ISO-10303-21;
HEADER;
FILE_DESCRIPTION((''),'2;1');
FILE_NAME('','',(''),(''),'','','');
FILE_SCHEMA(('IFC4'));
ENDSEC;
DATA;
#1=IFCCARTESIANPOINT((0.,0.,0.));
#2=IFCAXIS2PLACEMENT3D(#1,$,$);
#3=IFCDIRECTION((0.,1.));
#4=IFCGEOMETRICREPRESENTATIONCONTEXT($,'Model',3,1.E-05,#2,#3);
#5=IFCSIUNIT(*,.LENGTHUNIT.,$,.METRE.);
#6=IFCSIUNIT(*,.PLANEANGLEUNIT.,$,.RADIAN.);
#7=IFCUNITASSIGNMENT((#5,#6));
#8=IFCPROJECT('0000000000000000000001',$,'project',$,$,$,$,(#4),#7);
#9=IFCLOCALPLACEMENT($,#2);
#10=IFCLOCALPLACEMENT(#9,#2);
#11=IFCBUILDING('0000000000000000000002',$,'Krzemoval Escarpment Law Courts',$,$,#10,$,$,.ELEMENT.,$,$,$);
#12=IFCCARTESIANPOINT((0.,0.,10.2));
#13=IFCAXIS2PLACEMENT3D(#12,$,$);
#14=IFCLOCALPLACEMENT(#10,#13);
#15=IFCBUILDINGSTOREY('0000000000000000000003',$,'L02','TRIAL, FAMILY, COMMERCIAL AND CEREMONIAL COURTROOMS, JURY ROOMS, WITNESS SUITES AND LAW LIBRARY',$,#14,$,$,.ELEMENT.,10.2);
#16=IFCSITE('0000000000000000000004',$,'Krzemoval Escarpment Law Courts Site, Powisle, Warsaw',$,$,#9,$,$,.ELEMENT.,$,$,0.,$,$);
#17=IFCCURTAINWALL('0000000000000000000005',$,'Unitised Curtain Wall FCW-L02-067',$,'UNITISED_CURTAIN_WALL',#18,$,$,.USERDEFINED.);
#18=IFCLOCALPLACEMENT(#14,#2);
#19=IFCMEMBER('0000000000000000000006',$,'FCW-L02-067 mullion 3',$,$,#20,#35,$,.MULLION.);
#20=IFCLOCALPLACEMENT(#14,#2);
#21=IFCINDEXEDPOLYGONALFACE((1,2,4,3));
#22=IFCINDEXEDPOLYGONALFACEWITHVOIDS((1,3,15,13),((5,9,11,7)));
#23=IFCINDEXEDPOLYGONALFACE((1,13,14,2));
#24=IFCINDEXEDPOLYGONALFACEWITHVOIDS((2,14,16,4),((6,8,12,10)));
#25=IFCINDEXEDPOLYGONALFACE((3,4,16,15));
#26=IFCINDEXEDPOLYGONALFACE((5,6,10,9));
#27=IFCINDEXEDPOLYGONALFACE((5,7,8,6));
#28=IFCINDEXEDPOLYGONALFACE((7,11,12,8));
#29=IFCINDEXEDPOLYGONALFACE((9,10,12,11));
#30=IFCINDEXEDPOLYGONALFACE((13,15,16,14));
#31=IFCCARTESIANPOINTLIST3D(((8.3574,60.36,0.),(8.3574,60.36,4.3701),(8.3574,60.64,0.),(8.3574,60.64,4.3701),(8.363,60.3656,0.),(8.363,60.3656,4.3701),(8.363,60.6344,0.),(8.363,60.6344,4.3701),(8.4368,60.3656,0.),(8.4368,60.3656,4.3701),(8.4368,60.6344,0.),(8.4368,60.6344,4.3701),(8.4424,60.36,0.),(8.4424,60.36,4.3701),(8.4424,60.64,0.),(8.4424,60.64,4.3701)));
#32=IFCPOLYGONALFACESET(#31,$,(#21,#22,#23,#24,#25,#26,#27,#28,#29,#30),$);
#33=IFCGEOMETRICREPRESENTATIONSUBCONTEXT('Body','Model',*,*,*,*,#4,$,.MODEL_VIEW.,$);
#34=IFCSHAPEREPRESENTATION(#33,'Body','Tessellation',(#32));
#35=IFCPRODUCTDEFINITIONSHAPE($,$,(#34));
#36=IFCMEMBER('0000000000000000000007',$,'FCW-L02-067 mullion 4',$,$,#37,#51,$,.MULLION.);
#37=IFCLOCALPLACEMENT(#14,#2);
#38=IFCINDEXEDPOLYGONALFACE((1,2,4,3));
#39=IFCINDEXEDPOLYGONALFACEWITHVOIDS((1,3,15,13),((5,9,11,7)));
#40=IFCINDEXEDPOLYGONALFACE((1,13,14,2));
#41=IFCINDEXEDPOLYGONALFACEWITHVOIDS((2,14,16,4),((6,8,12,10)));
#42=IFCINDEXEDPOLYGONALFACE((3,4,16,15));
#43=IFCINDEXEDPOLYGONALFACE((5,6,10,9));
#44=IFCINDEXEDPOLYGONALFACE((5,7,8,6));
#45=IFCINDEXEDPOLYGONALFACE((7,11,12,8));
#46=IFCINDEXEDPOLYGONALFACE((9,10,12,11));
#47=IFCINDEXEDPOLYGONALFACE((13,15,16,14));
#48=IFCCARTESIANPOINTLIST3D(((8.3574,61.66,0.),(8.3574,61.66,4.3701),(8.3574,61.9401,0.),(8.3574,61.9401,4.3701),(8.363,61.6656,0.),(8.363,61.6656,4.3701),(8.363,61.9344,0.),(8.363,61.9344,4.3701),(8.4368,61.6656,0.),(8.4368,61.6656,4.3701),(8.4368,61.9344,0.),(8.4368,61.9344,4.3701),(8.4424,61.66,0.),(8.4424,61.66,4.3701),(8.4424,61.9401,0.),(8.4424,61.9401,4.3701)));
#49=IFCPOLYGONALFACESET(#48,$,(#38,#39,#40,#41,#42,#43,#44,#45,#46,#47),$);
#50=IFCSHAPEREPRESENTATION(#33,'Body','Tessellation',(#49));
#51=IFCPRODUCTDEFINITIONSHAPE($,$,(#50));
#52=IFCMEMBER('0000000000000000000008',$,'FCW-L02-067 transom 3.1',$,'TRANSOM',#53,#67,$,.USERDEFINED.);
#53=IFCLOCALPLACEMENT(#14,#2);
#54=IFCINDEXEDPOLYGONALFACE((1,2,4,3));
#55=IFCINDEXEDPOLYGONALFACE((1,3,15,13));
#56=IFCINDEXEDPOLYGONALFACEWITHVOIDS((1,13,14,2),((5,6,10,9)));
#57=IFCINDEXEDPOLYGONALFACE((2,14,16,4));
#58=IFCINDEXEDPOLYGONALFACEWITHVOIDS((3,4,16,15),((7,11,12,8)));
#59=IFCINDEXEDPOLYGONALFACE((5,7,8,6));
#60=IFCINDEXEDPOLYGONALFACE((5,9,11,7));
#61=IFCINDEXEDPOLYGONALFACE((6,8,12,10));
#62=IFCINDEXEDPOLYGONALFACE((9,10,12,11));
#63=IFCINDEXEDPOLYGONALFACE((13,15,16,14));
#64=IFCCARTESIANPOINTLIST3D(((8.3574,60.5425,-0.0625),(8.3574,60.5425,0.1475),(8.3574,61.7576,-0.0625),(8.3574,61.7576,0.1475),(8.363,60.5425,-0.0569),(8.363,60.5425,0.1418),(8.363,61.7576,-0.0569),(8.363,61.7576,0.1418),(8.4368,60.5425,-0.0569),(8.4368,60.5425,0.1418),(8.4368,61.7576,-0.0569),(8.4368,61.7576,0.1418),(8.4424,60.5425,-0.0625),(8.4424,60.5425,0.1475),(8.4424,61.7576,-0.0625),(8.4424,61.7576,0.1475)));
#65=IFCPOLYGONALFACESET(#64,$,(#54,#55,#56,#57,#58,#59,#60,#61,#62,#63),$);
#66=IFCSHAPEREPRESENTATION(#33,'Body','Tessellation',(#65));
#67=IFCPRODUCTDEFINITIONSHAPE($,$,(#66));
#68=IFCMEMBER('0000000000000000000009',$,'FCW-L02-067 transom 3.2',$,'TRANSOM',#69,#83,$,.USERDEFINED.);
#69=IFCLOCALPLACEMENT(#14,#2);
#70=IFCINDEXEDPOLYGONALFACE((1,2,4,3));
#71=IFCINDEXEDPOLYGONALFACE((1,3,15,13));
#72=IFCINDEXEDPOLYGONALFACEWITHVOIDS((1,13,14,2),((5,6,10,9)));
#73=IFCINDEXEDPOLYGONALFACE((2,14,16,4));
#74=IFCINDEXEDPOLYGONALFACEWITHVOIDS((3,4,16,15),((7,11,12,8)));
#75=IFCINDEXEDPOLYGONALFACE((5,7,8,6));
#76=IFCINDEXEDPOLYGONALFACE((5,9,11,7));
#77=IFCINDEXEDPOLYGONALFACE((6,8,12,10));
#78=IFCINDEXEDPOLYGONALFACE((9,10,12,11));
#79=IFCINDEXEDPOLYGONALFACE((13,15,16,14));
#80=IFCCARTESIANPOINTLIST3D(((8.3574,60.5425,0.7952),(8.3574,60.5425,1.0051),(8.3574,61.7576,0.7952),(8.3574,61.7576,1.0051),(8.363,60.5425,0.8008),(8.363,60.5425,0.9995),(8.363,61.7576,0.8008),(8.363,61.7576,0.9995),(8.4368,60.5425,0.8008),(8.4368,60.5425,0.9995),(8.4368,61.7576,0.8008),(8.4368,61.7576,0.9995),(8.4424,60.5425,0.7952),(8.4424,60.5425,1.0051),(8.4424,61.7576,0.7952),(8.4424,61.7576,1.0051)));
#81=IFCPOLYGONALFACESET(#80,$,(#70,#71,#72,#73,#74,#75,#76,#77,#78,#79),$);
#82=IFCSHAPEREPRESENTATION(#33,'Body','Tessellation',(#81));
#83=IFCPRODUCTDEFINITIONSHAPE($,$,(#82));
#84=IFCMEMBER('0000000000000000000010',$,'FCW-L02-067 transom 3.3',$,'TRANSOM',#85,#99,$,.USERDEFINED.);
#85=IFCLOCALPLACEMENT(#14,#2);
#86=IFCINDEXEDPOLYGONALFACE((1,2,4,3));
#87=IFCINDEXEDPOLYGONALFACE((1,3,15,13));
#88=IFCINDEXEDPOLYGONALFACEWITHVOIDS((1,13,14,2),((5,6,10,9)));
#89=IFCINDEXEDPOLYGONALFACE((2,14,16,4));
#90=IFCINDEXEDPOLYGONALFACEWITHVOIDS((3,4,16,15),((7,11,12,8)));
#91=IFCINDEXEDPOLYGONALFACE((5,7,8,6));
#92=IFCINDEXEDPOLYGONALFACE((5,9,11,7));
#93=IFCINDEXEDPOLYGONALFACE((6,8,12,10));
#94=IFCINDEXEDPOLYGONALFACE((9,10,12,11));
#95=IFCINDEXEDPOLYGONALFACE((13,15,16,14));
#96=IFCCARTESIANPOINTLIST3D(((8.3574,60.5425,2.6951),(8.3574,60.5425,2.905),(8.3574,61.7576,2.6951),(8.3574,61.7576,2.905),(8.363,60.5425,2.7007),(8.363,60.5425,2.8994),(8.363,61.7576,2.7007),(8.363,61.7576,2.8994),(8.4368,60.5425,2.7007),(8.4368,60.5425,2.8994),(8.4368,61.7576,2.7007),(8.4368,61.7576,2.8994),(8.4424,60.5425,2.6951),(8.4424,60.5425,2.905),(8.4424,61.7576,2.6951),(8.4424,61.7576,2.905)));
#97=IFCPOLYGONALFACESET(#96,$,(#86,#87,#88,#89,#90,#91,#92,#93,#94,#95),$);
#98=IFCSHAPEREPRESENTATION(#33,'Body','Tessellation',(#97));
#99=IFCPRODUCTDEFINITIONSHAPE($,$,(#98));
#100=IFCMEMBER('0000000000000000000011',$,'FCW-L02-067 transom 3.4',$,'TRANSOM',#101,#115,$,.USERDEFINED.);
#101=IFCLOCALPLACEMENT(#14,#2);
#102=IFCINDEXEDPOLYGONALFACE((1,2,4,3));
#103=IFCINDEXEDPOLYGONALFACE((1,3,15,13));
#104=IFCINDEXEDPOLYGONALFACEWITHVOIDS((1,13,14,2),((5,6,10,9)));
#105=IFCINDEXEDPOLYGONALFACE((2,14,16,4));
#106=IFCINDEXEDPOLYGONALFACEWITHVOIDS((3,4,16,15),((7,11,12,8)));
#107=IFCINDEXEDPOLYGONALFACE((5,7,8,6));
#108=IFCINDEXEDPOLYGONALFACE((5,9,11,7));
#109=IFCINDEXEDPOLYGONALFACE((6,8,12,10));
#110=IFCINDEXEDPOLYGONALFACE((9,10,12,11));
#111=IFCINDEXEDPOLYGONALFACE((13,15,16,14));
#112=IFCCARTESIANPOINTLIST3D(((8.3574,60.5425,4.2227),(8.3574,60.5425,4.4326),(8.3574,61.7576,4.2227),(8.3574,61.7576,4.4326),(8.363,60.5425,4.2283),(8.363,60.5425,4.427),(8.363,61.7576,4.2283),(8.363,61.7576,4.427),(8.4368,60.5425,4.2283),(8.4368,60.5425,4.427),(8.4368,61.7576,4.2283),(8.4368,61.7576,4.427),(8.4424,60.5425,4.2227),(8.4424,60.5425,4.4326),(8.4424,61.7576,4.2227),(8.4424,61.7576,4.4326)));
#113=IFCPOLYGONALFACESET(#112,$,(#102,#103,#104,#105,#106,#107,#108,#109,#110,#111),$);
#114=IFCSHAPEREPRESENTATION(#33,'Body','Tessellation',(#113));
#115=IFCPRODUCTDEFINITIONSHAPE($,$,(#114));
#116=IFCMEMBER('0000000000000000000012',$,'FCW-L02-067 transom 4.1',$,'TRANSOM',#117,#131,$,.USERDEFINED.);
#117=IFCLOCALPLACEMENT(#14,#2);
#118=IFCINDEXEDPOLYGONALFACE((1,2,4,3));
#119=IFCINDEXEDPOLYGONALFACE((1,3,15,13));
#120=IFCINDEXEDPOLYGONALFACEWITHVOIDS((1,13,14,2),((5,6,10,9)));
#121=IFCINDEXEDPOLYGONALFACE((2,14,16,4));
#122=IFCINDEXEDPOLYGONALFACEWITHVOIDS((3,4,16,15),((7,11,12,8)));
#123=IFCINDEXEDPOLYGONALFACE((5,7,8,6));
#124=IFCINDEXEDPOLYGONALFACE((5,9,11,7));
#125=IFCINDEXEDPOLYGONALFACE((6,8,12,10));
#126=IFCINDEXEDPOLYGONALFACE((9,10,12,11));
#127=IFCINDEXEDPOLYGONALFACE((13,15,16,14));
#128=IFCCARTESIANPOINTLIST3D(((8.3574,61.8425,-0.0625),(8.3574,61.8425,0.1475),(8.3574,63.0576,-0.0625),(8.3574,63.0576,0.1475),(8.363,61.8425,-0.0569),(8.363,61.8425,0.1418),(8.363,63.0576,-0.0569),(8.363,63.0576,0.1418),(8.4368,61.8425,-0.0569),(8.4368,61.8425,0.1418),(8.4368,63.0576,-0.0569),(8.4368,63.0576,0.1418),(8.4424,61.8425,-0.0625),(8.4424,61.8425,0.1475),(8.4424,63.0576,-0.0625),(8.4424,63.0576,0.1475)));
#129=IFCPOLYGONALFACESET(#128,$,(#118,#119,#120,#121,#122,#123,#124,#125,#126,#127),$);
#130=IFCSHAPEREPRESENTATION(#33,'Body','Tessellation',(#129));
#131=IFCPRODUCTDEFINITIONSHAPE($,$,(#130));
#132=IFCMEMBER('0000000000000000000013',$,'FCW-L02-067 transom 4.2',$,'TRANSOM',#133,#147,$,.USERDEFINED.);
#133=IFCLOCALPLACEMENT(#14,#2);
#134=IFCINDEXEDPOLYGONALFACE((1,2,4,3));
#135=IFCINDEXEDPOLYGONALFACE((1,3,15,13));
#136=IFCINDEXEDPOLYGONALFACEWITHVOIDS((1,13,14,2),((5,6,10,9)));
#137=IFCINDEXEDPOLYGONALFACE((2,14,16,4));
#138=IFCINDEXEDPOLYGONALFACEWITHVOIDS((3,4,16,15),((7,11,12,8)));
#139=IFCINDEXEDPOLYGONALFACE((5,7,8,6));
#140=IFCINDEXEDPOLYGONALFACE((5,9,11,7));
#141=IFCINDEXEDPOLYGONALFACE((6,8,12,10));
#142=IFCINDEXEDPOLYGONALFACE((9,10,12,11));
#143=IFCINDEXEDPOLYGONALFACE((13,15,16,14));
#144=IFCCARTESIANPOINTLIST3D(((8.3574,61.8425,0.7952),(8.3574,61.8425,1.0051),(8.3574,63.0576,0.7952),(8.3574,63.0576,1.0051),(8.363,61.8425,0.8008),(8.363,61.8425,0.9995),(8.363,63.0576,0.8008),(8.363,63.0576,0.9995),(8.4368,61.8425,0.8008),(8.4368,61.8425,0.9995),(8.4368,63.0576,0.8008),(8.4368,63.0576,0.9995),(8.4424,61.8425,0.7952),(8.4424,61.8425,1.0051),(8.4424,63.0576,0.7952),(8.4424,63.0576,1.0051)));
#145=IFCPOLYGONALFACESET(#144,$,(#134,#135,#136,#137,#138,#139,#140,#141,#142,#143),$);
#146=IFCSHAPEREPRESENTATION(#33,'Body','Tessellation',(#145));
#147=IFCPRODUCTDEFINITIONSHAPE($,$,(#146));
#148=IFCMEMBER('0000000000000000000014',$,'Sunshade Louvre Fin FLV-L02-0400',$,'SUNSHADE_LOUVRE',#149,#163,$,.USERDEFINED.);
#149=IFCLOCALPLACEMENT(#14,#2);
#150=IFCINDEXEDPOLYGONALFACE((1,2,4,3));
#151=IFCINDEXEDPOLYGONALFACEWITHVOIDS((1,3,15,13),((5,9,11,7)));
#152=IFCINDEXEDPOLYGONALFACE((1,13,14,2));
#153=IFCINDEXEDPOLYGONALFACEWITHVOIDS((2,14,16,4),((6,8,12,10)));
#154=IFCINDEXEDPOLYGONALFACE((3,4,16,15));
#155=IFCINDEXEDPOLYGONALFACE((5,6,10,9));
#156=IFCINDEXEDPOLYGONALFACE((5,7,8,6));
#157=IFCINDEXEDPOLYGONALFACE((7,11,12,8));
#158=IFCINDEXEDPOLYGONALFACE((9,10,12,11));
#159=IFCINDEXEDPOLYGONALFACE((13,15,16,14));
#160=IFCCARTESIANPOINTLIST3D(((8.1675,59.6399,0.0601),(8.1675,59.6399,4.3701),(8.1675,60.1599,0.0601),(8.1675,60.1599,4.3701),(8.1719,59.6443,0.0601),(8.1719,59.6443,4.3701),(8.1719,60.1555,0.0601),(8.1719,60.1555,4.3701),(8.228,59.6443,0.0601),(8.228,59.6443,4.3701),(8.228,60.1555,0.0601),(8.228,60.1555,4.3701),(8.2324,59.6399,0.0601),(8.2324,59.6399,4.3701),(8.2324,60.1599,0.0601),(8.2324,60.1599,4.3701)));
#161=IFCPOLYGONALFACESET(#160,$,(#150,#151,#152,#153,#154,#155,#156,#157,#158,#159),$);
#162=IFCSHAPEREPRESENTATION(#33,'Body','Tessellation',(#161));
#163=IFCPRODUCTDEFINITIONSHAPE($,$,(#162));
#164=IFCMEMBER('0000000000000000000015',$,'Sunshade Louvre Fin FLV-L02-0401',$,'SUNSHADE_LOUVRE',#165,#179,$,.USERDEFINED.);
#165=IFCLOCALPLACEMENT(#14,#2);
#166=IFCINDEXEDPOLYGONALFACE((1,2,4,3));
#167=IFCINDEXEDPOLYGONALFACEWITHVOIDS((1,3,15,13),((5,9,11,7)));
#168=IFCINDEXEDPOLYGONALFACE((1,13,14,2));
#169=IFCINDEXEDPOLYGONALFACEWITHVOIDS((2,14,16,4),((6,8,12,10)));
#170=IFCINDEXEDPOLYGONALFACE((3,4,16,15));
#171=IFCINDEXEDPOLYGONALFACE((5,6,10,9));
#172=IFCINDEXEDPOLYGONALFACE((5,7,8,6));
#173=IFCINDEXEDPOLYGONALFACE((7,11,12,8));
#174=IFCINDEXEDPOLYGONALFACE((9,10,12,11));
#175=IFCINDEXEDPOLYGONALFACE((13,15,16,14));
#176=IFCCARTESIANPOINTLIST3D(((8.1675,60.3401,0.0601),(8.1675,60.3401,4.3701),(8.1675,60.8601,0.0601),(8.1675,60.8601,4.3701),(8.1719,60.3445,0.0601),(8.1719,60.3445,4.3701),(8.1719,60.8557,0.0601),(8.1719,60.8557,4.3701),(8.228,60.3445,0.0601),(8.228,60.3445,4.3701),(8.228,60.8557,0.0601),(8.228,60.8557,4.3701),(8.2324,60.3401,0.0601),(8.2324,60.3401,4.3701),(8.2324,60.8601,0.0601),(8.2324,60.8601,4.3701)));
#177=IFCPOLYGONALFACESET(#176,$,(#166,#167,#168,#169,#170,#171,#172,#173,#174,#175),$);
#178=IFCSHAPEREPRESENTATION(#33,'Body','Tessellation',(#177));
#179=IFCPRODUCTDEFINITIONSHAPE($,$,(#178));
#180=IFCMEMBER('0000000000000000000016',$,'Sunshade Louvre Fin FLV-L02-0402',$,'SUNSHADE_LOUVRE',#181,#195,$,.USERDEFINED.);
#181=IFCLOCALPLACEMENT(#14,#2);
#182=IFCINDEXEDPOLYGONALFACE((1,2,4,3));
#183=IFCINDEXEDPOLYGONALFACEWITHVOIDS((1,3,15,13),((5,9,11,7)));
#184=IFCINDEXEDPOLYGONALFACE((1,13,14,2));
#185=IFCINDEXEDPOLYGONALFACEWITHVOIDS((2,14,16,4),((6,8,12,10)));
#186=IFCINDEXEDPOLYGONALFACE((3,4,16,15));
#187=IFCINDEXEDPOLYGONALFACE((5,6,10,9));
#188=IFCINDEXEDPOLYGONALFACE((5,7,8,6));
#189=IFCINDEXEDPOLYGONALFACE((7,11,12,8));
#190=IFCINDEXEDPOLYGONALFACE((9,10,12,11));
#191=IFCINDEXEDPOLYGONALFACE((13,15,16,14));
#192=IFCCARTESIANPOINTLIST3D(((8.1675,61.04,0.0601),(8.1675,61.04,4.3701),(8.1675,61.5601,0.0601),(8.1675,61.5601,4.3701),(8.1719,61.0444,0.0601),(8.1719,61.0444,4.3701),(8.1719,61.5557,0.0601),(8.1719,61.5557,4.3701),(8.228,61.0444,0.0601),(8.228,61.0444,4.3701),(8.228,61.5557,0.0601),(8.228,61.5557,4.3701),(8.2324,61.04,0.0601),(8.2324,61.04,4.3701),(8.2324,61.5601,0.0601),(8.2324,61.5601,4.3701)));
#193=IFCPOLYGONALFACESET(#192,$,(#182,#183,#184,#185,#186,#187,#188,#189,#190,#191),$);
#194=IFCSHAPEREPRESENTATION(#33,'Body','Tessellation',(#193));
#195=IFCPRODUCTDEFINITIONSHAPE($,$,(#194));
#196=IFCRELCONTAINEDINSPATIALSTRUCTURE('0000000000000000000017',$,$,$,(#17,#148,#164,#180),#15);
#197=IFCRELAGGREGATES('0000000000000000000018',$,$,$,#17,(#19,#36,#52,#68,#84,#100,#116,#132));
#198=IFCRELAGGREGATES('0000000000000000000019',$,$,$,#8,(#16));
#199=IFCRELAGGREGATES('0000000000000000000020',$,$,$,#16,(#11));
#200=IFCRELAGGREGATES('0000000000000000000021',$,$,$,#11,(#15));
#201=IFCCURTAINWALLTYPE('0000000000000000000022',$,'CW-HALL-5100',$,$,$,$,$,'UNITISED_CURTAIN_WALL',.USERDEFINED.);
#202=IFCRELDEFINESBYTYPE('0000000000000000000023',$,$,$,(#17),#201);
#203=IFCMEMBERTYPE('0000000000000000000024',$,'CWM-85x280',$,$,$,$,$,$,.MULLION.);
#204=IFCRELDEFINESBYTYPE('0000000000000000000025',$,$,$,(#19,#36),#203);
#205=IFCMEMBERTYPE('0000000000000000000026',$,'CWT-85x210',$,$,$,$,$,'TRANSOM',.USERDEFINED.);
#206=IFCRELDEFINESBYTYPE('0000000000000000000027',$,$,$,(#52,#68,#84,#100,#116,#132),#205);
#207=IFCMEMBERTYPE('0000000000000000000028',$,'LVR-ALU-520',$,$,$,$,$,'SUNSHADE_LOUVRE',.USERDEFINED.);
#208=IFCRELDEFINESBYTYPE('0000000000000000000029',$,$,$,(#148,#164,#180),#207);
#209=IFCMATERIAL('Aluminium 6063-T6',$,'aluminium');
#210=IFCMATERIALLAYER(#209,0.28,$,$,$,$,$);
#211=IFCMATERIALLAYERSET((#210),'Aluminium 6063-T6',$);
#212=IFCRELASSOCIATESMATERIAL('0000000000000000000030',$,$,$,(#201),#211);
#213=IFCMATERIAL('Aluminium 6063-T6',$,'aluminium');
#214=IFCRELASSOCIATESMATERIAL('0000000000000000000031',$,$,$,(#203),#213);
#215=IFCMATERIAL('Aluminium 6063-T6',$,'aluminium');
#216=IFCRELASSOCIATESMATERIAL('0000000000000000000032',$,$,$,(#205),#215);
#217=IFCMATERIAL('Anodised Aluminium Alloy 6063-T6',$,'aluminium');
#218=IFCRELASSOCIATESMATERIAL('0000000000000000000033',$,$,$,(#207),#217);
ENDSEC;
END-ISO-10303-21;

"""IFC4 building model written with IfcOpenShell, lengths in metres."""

from ifc_helpers import new_model, si_unit, direction, frame, origin, origin_2d, place, context, subcontext, project, spatial, hollow_rectangle, extrude, material, layer, layer_set, material_profile, profile_set, type_object, element, aggregate, save


model = new_model("IFC4")

# Units and contexts
model_context = context("Model", 3, precision=1e-05, world=origin(), true_north=direction((0.0, 1.0)))
body_context = subcontext(model_context, "Body", "Model", "MODEL_VIEW")
ifc_project = project(units=[si_unit("LENGTHUNIT", "METRE"), si_unit("PLANEANGLEUNIT", "RADIAN")], contexts=[model_context])

# Site, building, storey
site_placement = place(None, origin())
site = spatial("IfcSite", under=ifc_project, at=site_placement, Name="Krzemoval Escarpment Law Courts Site, Powisle, Warsaw", CompositionType="ELEMENT", RefElevation=0.0)
building_placement = place(site_placement, origin())
building = spatial("IfcBuilding", under=site, at=building_placement, Name="Krzemoval Escarpment Law Courts", CompositionType="ELEMENT")
storey_placement = place(building_placement, frame((0.0, 0.0, 10.2)))
storey = spatial("IfcBuildingStorey", under=building, at=storey_placement, Name="L02", Description="TRIAL, FAMILY, COMMERCIAL AND CEREMONIAL COURTROOMS, JURY ROOMS, WITNESS SUITES AND LAW LIBRARY", CompositionType="ELEMENT", Elevation=10.2)

# Curtain wall, members
ifc_material_1 = material(Name="Aluminium 6063-T6", Category="aluminium")
ifc_layer_1 = layer(ifc_material_1, 0.28)
ifc_layer_set_1 = layer_set([ifc_layer_1], Name="Aluminium 6063-T6")
curtain_wall_type = type_object("IfcCurtainWallType", Name="CW-HALL-5100", ElementType="UNITISED_CURTAIN_WALL", PredefinedType="USERDEFINED", material=ifc_layer_set_1)
curtain_wall_placement = place(storey_placement, origin())
curtain_wall = element("IfcCurtainWall", 1, at=curtain_wall_placement, inside=storey, type_object=curtain_wall_type, Name="Unitised Curtain Wall FCW-L02-067", ObjectType="UNITISED_CURTAIN_WALL", PredefinedType="USERDEFINED")
ifc_material_2 = material(Name="Aluminium 6063-T6", Category="aluminium")
ifc_material_profile_1 = material_profile(ifc_material_2, hollow_rectangle(XDim=0.085, YDim=0.28, WallThickness=0.0056, at=origin_2d()), Name="ALU M85x280")
ifc_profile_set_1 = profile_set([ifc_material_profile_1], Name="Aluminium 6063-T6")
member_type_1 = type_object("IfcMemberType", Name="CWM-85x280", PredefinedType="MULLION", material=ifc_profile_set_1)
member_1_placement = place(storey_placement, frame((8.3999, 60.5, 0.0), z_axis=(0.0, 0.0, 1.0), x_axis=(-1.0, 0.0, 0.0)))
member_1 = element("IfcMember", 2, at=member_1_placement, type_object=member_type_1, Name="FCW-L02-067 mullion 3", PredefinedType="MULLION", context=body_context, shape_type="SweptSolid", body=[
    extrude(hollow_rectangle(XDim=0.085, YDim=0.28, WallThickness=0.0056, at=origin_2d()), origin(), (0.0, 0.0, 1.0), 4.3701),
])
member_2_placement = place(storey_placement, frame((8.3999, 61.8, 0.0), z_axis=(0.0, 0.0, 1.0), x_axis=(-1.0, 0.0, 0.0)))
member_2 = element("IfcMember", 3, at=member_2_placement, type_object=member_type_1, Name="FCW-L02-067 mullion 4", PredefinedType="MULLION", context=body_context, shape_type="SweptSolid", body=[
    extrude(hollow_rectangle(XDim=0.085, YDim=0.28, WallThickness=0.0056, at=origin_2d()), origin(), (0.0, 0.0, 1.0), 4.3701),
])
ifc_material_3 = material(Name="Aluminium 6063-T6", Category="aluminium")
ifc_material_profile_2 = material_profile(ifc_material_3, hollow_rectangle(XDim=0.085, YDim=0.21, WallThickness=0.0056, at=origin_2d()), Name="ALU T85x210")
ifc_profile_set_2 = profile_set([ifc_material_profile_2], Name="Aluminium 6063-T6")
member_type_2 = type_object("IfcMemberType", Name="CWT-85x210", ElementType="TRANSOM", PredefinedType="USERDEFINED", material=ifc_profile_set_2)
member_3_placement = place(storey_placement, frame((8.3999, 60.5425, 0.0425), z_axis=(0.0, 1.0, 0.0), x_axis=(-1.0, 0.0, 0.0)))
member_3 = element("IfcMember", 4, at=member_3_placement, type_object=member_type_2, Name="FCW-L02-067 transom 3.1", ObjectType="TRANSOM", PredefinedType="USERDEFINED", context=body_context, shape_type="SweptSolid", body=[
    extrude(hollow_rectangle(XDim=0.085, YDim=0.21, WallThickness=0.0056, at=origin_2d()), origin(), (0.0, 0.0, 1.0), 1.2151),
])
member_4_placement = place(storey_placement, frame((8.3999, 60.5425, 0.9001), z_axis=(0.0, 1.0, 0.0), x_axis=(-1.0, 0.0, 0.0)))
member_4 = element("IfcMember", 5, at=member_4_placement, type_object=member_type_2, Name="FCW-L02-067 transom 3.2", ObjectType="TRANSOM", PredefinedType="USERDEFINED", context=body_context, shape_type="SweptSolid", body=[
    extrude(hollow_rectangle(XDim=0.085, YDim=0.21, WallThickness=0.0056, at=origin_2d()), origin(), (0.0, 0.0, 1.0), 1.2151),
])
member_5_placement = place(storey_placement, frame((8.3999, 60.5425, 2.8), z_axis=(0.0, 1.0, 0.0), x_axis=(-1.0, 0.0, 0.0)))
member_5 = element("IfcMember", 6, at=member_5_placement, type_object=member_type_2, Name="FCW-L02-067 transom 3.3", ObjectType="TRANSOM", PredefinedType="USERDEFINED", context=body_context, shape_type="SweptSolid", body=[
    extrude(hollow_rectangle(XDim=0.085, YDim=0.21, WallThickness=0.0056, at=origin_2d()), origin(), (0.0, 0.0, 1.0), 1.2151),
])
member_6_placement = place(storey_placement, frame((8.3999, 60.5425, 4.3276), z_axis=(0.0, 1.0, 0.0), x_axis=(-1.0, 0.0, 0.0)))
member_6 = element("IfcMember", 7, at=member_6_placement, type_object=member_type_2, Name="FCW-L02-067 transom 3.4", ObjectType="TRANSOM", PredefinedType="USERDEFINED", context=body_context, shape_type="SweptSolid", body=[
    extrude(hollow_rectangle(XDim=0.085, YDim=0.21, WallThickness=0.0056, at=origin_2d()), origin(), (0.0, 0.0, 1.0), 1.2151),
])
member_7_placement = place(storey_placement, frame((8.3999, 61.8425, 0.0425), z_axis=(0.0, 1.0, 0.0), x_axis=(-1.0, 0.0, 0.0)))
member_7 = element("IfcMember", 8, at=member_7_placement, type_object=member_type_2, Name="FCW-L02-067 transom 4.1", ObjectType="TRANSOM", PredefinedType="USERDEFINED", context=body_context, shape_type="SweptSolid", body=[
    extrude(hollow_rectangle(XDim=0.085, YDim=0.21, WallThickness=0.0056, at=origin_2d()), origin(), (0.0, 0.0, 1.0), 1.2151),
])
member_8_placement = place(storey_placement, frame((8.3999, 61.8425, 0.9001), z_axis=(0.0, 1.0, 0.0), x_axis=(-1.0, 0.0, 0.0)))
member_8 = element("IfcMember", 9, at=member_8_placement, type_object=member_type_2, Name="FCW-L02-067 transom 4.2", ObjectType="TRANSOM", PredefinedType="USERDEFINED", context=body_context, shape_type="SweptSolid", body=[
    extrude(hollow_rectangle(XDim=0.085, YDim=0.21, WallThickness=0.0056, at=origin_2d()), origin(), (0.0, 0.0, 1.0), 1.2151),
])

# Members
ifc_material_4 = material(Name="Anodised Aluminium Alloy 6063-T6", Category="aluminium")
ifc_material_profile_3 = material_profile(ifc_material_4, hollow_rectangle(XDim=0.0649, YDim=0.52, WallThickness=0.0044, at=origin_2d()), Name="ALU LVR 65x520")
ifc_profile_set_3 = profile_set([ifc_material_profile_3], Name="Anodised Aluminium Alloy 6063-T6")
member_type_3 = type_object("IfcMemberType", Name="LVR-ALU-520", ElementType="SUNSHADE_LOUVRE", PredefinedType="USERDEFINED", material=ifc_profile_set_3)
for number, where, z_axis, x_axis, name in (
    (10, (8.2, 59.8999, 0.0601), (0.0, 0.0, 1.0), (1.0, 0.0, 0.0), "Sunshade Louvre Fin FLV-L02-0400"),
    (11, (8.2, 60.6001, 0.0601), (0.0, 0.0, 1.0), (1.0, 0.0, 0.0), "Sunshade Louvre Fin FLV-L02-0401"),
    (12, (8.2, 61.3, 0.0601), (0.0, 0.0, 1.0), (1.0, 0.0, 0.0), "Sunshade Louvre Fin FLV-L02-0402"),
):
    element("IfcMember", number, at=place(storey_placement, frame(where, z_axis=z_axis, x_axis=x_axis)), inside=storey, type_object=member_type_3, Name=name, ObjectType="SUNSHADE_LOUVRE", PredefinedType="USERDEFINED", context=body_context, shape_type="SweptSolid", body=[
        extrude(hollow_rectangle(XDim=0.0649, YDim=0.52, WallThickness=0.0044, at=origin_2d()), origin(), (0.0, 0.0, 1.0), 4.3101),
    ])

aggregate(curtain_wall, [member_1, member_2, member_3, member_4, member_5, member_6, member_7, member_8])

save(model, "model.ifc")
